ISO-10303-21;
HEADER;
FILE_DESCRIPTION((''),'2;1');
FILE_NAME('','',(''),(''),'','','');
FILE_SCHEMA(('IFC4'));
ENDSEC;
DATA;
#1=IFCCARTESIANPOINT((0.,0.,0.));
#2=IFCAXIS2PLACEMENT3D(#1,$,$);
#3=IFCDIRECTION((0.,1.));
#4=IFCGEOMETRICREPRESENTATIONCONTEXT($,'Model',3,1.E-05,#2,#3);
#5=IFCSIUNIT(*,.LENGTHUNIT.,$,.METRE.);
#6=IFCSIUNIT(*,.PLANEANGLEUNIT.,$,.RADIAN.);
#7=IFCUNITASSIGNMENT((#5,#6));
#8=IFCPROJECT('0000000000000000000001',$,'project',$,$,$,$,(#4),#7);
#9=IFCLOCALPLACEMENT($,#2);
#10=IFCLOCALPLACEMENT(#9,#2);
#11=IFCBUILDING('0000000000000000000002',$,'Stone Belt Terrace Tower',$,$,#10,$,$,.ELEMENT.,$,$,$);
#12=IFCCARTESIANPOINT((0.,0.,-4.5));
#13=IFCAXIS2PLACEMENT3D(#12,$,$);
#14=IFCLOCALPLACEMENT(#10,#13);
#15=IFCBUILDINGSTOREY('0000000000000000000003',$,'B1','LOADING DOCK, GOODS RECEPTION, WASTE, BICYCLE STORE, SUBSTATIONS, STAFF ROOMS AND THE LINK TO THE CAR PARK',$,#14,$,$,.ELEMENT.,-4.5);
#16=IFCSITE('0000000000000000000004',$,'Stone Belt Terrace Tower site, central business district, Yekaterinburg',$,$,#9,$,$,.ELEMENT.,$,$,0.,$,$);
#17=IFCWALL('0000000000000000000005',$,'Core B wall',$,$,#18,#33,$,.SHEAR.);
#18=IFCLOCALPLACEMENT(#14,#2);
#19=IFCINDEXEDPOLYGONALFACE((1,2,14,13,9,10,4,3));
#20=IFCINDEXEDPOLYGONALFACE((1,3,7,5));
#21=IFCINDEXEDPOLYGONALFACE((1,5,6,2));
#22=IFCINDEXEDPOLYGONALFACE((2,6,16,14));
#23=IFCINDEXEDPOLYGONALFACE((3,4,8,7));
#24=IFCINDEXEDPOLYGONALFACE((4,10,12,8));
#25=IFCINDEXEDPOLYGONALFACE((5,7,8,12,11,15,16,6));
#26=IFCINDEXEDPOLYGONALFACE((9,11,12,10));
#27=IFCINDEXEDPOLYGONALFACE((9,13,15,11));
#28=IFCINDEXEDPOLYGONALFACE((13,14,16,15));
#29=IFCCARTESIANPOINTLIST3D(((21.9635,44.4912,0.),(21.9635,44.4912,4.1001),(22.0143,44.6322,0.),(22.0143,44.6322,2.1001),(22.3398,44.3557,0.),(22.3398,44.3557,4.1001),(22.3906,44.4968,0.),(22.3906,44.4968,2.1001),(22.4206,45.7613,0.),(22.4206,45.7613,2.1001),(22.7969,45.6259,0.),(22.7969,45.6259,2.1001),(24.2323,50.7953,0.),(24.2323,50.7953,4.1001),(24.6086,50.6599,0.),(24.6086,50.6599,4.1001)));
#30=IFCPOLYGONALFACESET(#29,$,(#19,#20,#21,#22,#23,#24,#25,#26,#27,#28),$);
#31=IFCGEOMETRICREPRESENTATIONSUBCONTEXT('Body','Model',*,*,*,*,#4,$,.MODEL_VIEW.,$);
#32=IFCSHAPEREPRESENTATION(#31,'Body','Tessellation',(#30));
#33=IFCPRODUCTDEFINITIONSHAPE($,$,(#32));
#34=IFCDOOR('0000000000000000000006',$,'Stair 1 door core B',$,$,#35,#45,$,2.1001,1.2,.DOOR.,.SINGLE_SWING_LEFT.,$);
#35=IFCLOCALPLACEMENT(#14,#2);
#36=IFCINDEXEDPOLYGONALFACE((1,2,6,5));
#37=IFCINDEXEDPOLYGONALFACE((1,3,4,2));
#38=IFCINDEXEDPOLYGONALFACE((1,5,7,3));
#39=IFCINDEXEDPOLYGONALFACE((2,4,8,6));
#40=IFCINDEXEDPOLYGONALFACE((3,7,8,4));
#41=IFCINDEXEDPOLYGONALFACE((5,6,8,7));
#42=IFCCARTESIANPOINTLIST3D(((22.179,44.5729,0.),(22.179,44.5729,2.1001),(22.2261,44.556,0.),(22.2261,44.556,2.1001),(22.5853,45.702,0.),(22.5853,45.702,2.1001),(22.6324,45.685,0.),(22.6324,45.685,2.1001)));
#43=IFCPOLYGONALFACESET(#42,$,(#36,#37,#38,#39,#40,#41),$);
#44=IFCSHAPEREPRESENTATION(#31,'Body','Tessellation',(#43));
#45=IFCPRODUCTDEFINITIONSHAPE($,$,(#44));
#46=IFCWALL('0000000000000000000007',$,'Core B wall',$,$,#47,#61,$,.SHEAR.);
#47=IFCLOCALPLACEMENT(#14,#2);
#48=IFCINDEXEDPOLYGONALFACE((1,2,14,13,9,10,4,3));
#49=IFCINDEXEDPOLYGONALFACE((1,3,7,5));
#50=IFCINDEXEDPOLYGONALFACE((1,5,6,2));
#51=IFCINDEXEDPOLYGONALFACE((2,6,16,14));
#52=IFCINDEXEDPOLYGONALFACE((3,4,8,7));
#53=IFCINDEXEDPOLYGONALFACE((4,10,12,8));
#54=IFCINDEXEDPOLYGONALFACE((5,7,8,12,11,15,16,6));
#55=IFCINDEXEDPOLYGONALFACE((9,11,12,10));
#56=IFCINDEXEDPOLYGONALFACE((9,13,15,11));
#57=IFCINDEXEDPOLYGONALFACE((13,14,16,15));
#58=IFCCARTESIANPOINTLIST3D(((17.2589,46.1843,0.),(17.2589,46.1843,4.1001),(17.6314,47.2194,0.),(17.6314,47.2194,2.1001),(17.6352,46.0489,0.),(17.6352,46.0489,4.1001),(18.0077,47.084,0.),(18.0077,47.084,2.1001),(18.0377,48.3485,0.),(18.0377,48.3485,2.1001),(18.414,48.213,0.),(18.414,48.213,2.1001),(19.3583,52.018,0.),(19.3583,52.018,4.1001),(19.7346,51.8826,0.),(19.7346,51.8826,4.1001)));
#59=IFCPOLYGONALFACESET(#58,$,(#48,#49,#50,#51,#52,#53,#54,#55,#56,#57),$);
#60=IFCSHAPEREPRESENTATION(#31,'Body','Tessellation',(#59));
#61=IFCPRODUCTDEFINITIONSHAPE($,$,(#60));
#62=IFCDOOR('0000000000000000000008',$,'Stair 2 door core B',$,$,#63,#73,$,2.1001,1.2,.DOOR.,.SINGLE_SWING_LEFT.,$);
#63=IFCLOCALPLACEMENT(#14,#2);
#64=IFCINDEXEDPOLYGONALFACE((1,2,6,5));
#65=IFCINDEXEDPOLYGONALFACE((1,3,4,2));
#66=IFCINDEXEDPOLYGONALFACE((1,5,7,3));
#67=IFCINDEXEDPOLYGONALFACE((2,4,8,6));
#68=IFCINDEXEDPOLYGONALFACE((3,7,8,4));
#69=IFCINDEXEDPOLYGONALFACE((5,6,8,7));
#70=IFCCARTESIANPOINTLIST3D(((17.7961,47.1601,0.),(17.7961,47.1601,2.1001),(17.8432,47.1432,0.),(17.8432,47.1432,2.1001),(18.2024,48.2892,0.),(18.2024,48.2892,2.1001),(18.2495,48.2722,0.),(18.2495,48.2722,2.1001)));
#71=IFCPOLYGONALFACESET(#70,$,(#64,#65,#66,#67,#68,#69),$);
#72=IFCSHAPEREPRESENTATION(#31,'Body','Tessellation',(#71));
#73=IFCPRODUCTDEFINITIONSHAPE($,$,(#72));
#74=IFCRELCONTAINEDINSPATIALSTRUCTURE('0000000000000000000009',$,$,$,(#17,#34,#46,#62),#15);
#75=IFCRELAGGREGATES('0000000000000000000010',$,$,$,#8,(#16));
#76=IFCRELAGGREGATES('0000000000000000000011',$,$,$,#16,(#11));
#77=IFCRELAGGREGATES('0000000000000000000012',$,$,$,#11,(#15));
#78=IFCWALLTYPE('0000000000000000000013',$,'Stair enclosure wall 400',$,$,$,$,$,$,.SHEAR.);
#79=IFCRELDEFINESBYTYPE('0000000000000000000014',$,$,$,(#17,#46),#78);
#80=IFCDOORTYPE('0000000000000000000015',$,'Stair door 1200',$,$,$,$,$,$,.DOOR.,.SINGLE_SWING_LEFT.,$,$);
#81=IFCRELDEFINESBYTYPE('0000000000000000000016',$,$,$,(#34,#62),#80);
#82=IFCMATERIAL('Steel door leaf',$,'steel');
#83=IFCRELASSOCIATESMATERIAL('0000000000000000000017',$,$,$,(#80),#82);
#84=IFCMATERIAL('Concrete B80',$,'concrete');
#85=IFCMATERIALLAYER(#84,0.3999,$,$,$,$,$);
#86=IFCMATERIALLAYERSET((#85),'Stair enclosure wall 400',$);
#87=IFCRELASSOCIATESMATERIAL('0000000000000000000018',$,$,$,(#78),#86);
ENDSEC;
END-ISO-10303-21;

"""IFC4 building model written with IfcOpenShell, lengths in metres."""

from ifc_helpers import new_model, si_unit, direction, frame, frame_2d, origin, place, context, subcontext, project, spatial, rectangle, extrude, material, layer, layer_set, type_object, element, fill, save


model = new_model("IFC4")

# Units and contexts
model_context = context("Model", 3, precision=1e-05, world=origin(), true_north=direction((0.0, 1.0)))
body_context = subcontext(model_context, "Body", "Model", "MODEL_VIEW")
ifc_project = project(units=[si_unit("LENGTHUNIT", "METRE"), si_unit("PLANEANGLEUNIT", "RADIAN")], contexts=[model_context])

# Site, building, storey
site_placement = place(None, origin())
site = spatial("IfcSite", under=ifc_project, at=site_placement, Name="Stone Belt Terrace Tower site, central business district, Yekaterinburg", CompositionType="ELEMENT", RefElevation=0.0)
building_placement = place(site_placement, origin())
building = spatial("IfcBuilding", under=site, at=building_placement, Name="Stone Belt Terrace Tower", CompositionType="ELEMENT")
storey_placement = place(building_placement, frame((0.0, 0.0, -4.5)))
storey = spatial("IfcBuildingStorey", under=building, at=storey_placement, Name="B1", Description="LOADING DOCK, GOODS RECEPTION, WASTE, BICYCLE STORE, SUBSTATIONS, STAFF ROOMS AND THE LINK TO THE CAR PARK", CompositionType="ELEMENT", Elevation=-4.5)

# Shared definitions
ifc_material_1 = material(Name="Concrete B80", Category="concrete")

# Walls, openings, doors
ifc_material_2 = material(Name="Steel door leaf", Category="steel")
door_type_1 = type_object("IfcDoorType", Name="Stair door 1200", OperationType="SINGLE_SWING_LEFT", PredefinedType="DOOR", material=ifc_material_2)
ifc_layer_1 = layer(ifc_material_1, 0.3999)
ifc_layer_set_1 = layer_set([ifc_layer_1], Name="Stair enclosure wall 400")
wall_type_1 = type_object("IfcWallType", Name="Stair enclosure wall 400", PredefinedType="SHEAR", material=ifc_layer_set_1)
wall_1_placement = place(storey_placement, frame((22.1516, 44.4233, 0.0), z_axis=(0.0, 0.0, 1.0), x_axis=(0.338625, 0.940921, 0.0)))
wall_1 = element("IfcWall", 1, at=wall_1_placement, inside=storey, type_object=wall_type_1, Name="Core B wall", PredefinedType="SHEAR", context=body_context, shape_type="SweptSolid", body=[
    extrude(rectangle(XDim=6.7, YDim=0.3999, at=frame_2d((3.3501, 0.0))), origin(), (0.0, 0.0, 1.0), 4.1001),
])
opening_1_placement = place(wall_1_placement, frame((0.1499, 0.0, 0.0)))
opening_1 = element("IfcOpeningElement", 2, at=opening_1_placement, cuts=wall_1, PredefinedType="OPENING", context=body_context, shape_type="SweptSolid", body=[
    extrude(rectangle(XDim=1.2, YDim=2.1001, at=frame_2d((0.6001, 1.05))), frame((0.0, 0.21, 0.0), z_axis=(0.0, -1.0, 0.0), x_axis=(1.0, 0.0, 0.0)), (0.0, 0.0, 1.0), 0.4199),
])
door_1_placement = place(opening_1_placement, origin())
door_1 = element("IfcDoor", 3, at=door_1_placement, inside=storey, type_object=door_type_1, Name="Stair 1 door core B", OperationType="SINGLE_SWING_LEFT", OverallHeight=2.1001, OverallWidth=1.2, PredefinedType="DOOR", context=body_context, shape_type="SweptSolid", body=[
    extrude(rectangle(XDim=1.2, YDim=2.1001, at=frame_2d((0.6001, 1.05))), frame((0.0, 0.0249, 0.0), z_axis=(0.0, -1.0, 0.0), x_axis=(1.0, 0.0, 0.0)), (0.0, 0.0, 1.0), 0.05),
])
fill(opening_1, door_1)
wall_2_placement = place(storey_placement, frame((17.447, 46.1165, 0.0), z_axis=(0.0, 0.0, 1.0), x_axis=(0.338608, 0.940928, 0.0)))
wall_2 = element("IfcWall", 4, at=wall_2_placement, inside=storey, type_object=wall_type_1, Name="Core B wall", PredefinedType="SHEAR", context=body_context, shape_type="SweptSolid", body=[
    extrude(rectangle(XDim=6.2, YDim=0.3999, at=frame_2d((3.1001, 0.0))), origin(), (0.0, 0.0, 1.0), 4.1001),
])
opening_2_placement = place(wall_2_placement, frame((1.1001, 0.0, 0.0)))
opening_2 = element("IfcOpeningElement", 5, at=opening_2_placement, cuts=wall_2, PredefinedType="OPENING", context=body_context, shape_type="SweptSolid", body=[
    extrude(rectangle(XDim=1.2, YDim=2.1001, at=frame_2d((0.6001, 1.05))), frame((0.0, 0.21, 0.0), z_axis=(0.0, -1.0, 0.0), x_axis=(1.0, 0.0, 0.0)), (0.0, 0.0, 1.0), 0.4199),
])
door_2_placement = place(opening_2_placement, origin())
door_2 = element("IfcDoor", 6, at=door_2_placement, inside=storey, type_object=door_type_1, Name="Stair 2 door core B", OperationType="SINGLE_SWING_LEFT", OverallHeight=2.1001, OverallWidth=1.2, PredefinedType="DOOR", context=body_context, shape_type="SweptSolid", body=[
    extrude(rectangle(XDim=1.2, YDim=2.1001, at=frame_2d((0.6001, 1.05))), frame((0.0, 0.0249, 0.0), z_axis=(0.0, -1.0, 0.0), x_axis=(1.0, 0.0, 0.0)), (0.0, 0.0, 1.0), 0.05),
])
fill(opening_2, door_2)

save(model, "model.ifc")
